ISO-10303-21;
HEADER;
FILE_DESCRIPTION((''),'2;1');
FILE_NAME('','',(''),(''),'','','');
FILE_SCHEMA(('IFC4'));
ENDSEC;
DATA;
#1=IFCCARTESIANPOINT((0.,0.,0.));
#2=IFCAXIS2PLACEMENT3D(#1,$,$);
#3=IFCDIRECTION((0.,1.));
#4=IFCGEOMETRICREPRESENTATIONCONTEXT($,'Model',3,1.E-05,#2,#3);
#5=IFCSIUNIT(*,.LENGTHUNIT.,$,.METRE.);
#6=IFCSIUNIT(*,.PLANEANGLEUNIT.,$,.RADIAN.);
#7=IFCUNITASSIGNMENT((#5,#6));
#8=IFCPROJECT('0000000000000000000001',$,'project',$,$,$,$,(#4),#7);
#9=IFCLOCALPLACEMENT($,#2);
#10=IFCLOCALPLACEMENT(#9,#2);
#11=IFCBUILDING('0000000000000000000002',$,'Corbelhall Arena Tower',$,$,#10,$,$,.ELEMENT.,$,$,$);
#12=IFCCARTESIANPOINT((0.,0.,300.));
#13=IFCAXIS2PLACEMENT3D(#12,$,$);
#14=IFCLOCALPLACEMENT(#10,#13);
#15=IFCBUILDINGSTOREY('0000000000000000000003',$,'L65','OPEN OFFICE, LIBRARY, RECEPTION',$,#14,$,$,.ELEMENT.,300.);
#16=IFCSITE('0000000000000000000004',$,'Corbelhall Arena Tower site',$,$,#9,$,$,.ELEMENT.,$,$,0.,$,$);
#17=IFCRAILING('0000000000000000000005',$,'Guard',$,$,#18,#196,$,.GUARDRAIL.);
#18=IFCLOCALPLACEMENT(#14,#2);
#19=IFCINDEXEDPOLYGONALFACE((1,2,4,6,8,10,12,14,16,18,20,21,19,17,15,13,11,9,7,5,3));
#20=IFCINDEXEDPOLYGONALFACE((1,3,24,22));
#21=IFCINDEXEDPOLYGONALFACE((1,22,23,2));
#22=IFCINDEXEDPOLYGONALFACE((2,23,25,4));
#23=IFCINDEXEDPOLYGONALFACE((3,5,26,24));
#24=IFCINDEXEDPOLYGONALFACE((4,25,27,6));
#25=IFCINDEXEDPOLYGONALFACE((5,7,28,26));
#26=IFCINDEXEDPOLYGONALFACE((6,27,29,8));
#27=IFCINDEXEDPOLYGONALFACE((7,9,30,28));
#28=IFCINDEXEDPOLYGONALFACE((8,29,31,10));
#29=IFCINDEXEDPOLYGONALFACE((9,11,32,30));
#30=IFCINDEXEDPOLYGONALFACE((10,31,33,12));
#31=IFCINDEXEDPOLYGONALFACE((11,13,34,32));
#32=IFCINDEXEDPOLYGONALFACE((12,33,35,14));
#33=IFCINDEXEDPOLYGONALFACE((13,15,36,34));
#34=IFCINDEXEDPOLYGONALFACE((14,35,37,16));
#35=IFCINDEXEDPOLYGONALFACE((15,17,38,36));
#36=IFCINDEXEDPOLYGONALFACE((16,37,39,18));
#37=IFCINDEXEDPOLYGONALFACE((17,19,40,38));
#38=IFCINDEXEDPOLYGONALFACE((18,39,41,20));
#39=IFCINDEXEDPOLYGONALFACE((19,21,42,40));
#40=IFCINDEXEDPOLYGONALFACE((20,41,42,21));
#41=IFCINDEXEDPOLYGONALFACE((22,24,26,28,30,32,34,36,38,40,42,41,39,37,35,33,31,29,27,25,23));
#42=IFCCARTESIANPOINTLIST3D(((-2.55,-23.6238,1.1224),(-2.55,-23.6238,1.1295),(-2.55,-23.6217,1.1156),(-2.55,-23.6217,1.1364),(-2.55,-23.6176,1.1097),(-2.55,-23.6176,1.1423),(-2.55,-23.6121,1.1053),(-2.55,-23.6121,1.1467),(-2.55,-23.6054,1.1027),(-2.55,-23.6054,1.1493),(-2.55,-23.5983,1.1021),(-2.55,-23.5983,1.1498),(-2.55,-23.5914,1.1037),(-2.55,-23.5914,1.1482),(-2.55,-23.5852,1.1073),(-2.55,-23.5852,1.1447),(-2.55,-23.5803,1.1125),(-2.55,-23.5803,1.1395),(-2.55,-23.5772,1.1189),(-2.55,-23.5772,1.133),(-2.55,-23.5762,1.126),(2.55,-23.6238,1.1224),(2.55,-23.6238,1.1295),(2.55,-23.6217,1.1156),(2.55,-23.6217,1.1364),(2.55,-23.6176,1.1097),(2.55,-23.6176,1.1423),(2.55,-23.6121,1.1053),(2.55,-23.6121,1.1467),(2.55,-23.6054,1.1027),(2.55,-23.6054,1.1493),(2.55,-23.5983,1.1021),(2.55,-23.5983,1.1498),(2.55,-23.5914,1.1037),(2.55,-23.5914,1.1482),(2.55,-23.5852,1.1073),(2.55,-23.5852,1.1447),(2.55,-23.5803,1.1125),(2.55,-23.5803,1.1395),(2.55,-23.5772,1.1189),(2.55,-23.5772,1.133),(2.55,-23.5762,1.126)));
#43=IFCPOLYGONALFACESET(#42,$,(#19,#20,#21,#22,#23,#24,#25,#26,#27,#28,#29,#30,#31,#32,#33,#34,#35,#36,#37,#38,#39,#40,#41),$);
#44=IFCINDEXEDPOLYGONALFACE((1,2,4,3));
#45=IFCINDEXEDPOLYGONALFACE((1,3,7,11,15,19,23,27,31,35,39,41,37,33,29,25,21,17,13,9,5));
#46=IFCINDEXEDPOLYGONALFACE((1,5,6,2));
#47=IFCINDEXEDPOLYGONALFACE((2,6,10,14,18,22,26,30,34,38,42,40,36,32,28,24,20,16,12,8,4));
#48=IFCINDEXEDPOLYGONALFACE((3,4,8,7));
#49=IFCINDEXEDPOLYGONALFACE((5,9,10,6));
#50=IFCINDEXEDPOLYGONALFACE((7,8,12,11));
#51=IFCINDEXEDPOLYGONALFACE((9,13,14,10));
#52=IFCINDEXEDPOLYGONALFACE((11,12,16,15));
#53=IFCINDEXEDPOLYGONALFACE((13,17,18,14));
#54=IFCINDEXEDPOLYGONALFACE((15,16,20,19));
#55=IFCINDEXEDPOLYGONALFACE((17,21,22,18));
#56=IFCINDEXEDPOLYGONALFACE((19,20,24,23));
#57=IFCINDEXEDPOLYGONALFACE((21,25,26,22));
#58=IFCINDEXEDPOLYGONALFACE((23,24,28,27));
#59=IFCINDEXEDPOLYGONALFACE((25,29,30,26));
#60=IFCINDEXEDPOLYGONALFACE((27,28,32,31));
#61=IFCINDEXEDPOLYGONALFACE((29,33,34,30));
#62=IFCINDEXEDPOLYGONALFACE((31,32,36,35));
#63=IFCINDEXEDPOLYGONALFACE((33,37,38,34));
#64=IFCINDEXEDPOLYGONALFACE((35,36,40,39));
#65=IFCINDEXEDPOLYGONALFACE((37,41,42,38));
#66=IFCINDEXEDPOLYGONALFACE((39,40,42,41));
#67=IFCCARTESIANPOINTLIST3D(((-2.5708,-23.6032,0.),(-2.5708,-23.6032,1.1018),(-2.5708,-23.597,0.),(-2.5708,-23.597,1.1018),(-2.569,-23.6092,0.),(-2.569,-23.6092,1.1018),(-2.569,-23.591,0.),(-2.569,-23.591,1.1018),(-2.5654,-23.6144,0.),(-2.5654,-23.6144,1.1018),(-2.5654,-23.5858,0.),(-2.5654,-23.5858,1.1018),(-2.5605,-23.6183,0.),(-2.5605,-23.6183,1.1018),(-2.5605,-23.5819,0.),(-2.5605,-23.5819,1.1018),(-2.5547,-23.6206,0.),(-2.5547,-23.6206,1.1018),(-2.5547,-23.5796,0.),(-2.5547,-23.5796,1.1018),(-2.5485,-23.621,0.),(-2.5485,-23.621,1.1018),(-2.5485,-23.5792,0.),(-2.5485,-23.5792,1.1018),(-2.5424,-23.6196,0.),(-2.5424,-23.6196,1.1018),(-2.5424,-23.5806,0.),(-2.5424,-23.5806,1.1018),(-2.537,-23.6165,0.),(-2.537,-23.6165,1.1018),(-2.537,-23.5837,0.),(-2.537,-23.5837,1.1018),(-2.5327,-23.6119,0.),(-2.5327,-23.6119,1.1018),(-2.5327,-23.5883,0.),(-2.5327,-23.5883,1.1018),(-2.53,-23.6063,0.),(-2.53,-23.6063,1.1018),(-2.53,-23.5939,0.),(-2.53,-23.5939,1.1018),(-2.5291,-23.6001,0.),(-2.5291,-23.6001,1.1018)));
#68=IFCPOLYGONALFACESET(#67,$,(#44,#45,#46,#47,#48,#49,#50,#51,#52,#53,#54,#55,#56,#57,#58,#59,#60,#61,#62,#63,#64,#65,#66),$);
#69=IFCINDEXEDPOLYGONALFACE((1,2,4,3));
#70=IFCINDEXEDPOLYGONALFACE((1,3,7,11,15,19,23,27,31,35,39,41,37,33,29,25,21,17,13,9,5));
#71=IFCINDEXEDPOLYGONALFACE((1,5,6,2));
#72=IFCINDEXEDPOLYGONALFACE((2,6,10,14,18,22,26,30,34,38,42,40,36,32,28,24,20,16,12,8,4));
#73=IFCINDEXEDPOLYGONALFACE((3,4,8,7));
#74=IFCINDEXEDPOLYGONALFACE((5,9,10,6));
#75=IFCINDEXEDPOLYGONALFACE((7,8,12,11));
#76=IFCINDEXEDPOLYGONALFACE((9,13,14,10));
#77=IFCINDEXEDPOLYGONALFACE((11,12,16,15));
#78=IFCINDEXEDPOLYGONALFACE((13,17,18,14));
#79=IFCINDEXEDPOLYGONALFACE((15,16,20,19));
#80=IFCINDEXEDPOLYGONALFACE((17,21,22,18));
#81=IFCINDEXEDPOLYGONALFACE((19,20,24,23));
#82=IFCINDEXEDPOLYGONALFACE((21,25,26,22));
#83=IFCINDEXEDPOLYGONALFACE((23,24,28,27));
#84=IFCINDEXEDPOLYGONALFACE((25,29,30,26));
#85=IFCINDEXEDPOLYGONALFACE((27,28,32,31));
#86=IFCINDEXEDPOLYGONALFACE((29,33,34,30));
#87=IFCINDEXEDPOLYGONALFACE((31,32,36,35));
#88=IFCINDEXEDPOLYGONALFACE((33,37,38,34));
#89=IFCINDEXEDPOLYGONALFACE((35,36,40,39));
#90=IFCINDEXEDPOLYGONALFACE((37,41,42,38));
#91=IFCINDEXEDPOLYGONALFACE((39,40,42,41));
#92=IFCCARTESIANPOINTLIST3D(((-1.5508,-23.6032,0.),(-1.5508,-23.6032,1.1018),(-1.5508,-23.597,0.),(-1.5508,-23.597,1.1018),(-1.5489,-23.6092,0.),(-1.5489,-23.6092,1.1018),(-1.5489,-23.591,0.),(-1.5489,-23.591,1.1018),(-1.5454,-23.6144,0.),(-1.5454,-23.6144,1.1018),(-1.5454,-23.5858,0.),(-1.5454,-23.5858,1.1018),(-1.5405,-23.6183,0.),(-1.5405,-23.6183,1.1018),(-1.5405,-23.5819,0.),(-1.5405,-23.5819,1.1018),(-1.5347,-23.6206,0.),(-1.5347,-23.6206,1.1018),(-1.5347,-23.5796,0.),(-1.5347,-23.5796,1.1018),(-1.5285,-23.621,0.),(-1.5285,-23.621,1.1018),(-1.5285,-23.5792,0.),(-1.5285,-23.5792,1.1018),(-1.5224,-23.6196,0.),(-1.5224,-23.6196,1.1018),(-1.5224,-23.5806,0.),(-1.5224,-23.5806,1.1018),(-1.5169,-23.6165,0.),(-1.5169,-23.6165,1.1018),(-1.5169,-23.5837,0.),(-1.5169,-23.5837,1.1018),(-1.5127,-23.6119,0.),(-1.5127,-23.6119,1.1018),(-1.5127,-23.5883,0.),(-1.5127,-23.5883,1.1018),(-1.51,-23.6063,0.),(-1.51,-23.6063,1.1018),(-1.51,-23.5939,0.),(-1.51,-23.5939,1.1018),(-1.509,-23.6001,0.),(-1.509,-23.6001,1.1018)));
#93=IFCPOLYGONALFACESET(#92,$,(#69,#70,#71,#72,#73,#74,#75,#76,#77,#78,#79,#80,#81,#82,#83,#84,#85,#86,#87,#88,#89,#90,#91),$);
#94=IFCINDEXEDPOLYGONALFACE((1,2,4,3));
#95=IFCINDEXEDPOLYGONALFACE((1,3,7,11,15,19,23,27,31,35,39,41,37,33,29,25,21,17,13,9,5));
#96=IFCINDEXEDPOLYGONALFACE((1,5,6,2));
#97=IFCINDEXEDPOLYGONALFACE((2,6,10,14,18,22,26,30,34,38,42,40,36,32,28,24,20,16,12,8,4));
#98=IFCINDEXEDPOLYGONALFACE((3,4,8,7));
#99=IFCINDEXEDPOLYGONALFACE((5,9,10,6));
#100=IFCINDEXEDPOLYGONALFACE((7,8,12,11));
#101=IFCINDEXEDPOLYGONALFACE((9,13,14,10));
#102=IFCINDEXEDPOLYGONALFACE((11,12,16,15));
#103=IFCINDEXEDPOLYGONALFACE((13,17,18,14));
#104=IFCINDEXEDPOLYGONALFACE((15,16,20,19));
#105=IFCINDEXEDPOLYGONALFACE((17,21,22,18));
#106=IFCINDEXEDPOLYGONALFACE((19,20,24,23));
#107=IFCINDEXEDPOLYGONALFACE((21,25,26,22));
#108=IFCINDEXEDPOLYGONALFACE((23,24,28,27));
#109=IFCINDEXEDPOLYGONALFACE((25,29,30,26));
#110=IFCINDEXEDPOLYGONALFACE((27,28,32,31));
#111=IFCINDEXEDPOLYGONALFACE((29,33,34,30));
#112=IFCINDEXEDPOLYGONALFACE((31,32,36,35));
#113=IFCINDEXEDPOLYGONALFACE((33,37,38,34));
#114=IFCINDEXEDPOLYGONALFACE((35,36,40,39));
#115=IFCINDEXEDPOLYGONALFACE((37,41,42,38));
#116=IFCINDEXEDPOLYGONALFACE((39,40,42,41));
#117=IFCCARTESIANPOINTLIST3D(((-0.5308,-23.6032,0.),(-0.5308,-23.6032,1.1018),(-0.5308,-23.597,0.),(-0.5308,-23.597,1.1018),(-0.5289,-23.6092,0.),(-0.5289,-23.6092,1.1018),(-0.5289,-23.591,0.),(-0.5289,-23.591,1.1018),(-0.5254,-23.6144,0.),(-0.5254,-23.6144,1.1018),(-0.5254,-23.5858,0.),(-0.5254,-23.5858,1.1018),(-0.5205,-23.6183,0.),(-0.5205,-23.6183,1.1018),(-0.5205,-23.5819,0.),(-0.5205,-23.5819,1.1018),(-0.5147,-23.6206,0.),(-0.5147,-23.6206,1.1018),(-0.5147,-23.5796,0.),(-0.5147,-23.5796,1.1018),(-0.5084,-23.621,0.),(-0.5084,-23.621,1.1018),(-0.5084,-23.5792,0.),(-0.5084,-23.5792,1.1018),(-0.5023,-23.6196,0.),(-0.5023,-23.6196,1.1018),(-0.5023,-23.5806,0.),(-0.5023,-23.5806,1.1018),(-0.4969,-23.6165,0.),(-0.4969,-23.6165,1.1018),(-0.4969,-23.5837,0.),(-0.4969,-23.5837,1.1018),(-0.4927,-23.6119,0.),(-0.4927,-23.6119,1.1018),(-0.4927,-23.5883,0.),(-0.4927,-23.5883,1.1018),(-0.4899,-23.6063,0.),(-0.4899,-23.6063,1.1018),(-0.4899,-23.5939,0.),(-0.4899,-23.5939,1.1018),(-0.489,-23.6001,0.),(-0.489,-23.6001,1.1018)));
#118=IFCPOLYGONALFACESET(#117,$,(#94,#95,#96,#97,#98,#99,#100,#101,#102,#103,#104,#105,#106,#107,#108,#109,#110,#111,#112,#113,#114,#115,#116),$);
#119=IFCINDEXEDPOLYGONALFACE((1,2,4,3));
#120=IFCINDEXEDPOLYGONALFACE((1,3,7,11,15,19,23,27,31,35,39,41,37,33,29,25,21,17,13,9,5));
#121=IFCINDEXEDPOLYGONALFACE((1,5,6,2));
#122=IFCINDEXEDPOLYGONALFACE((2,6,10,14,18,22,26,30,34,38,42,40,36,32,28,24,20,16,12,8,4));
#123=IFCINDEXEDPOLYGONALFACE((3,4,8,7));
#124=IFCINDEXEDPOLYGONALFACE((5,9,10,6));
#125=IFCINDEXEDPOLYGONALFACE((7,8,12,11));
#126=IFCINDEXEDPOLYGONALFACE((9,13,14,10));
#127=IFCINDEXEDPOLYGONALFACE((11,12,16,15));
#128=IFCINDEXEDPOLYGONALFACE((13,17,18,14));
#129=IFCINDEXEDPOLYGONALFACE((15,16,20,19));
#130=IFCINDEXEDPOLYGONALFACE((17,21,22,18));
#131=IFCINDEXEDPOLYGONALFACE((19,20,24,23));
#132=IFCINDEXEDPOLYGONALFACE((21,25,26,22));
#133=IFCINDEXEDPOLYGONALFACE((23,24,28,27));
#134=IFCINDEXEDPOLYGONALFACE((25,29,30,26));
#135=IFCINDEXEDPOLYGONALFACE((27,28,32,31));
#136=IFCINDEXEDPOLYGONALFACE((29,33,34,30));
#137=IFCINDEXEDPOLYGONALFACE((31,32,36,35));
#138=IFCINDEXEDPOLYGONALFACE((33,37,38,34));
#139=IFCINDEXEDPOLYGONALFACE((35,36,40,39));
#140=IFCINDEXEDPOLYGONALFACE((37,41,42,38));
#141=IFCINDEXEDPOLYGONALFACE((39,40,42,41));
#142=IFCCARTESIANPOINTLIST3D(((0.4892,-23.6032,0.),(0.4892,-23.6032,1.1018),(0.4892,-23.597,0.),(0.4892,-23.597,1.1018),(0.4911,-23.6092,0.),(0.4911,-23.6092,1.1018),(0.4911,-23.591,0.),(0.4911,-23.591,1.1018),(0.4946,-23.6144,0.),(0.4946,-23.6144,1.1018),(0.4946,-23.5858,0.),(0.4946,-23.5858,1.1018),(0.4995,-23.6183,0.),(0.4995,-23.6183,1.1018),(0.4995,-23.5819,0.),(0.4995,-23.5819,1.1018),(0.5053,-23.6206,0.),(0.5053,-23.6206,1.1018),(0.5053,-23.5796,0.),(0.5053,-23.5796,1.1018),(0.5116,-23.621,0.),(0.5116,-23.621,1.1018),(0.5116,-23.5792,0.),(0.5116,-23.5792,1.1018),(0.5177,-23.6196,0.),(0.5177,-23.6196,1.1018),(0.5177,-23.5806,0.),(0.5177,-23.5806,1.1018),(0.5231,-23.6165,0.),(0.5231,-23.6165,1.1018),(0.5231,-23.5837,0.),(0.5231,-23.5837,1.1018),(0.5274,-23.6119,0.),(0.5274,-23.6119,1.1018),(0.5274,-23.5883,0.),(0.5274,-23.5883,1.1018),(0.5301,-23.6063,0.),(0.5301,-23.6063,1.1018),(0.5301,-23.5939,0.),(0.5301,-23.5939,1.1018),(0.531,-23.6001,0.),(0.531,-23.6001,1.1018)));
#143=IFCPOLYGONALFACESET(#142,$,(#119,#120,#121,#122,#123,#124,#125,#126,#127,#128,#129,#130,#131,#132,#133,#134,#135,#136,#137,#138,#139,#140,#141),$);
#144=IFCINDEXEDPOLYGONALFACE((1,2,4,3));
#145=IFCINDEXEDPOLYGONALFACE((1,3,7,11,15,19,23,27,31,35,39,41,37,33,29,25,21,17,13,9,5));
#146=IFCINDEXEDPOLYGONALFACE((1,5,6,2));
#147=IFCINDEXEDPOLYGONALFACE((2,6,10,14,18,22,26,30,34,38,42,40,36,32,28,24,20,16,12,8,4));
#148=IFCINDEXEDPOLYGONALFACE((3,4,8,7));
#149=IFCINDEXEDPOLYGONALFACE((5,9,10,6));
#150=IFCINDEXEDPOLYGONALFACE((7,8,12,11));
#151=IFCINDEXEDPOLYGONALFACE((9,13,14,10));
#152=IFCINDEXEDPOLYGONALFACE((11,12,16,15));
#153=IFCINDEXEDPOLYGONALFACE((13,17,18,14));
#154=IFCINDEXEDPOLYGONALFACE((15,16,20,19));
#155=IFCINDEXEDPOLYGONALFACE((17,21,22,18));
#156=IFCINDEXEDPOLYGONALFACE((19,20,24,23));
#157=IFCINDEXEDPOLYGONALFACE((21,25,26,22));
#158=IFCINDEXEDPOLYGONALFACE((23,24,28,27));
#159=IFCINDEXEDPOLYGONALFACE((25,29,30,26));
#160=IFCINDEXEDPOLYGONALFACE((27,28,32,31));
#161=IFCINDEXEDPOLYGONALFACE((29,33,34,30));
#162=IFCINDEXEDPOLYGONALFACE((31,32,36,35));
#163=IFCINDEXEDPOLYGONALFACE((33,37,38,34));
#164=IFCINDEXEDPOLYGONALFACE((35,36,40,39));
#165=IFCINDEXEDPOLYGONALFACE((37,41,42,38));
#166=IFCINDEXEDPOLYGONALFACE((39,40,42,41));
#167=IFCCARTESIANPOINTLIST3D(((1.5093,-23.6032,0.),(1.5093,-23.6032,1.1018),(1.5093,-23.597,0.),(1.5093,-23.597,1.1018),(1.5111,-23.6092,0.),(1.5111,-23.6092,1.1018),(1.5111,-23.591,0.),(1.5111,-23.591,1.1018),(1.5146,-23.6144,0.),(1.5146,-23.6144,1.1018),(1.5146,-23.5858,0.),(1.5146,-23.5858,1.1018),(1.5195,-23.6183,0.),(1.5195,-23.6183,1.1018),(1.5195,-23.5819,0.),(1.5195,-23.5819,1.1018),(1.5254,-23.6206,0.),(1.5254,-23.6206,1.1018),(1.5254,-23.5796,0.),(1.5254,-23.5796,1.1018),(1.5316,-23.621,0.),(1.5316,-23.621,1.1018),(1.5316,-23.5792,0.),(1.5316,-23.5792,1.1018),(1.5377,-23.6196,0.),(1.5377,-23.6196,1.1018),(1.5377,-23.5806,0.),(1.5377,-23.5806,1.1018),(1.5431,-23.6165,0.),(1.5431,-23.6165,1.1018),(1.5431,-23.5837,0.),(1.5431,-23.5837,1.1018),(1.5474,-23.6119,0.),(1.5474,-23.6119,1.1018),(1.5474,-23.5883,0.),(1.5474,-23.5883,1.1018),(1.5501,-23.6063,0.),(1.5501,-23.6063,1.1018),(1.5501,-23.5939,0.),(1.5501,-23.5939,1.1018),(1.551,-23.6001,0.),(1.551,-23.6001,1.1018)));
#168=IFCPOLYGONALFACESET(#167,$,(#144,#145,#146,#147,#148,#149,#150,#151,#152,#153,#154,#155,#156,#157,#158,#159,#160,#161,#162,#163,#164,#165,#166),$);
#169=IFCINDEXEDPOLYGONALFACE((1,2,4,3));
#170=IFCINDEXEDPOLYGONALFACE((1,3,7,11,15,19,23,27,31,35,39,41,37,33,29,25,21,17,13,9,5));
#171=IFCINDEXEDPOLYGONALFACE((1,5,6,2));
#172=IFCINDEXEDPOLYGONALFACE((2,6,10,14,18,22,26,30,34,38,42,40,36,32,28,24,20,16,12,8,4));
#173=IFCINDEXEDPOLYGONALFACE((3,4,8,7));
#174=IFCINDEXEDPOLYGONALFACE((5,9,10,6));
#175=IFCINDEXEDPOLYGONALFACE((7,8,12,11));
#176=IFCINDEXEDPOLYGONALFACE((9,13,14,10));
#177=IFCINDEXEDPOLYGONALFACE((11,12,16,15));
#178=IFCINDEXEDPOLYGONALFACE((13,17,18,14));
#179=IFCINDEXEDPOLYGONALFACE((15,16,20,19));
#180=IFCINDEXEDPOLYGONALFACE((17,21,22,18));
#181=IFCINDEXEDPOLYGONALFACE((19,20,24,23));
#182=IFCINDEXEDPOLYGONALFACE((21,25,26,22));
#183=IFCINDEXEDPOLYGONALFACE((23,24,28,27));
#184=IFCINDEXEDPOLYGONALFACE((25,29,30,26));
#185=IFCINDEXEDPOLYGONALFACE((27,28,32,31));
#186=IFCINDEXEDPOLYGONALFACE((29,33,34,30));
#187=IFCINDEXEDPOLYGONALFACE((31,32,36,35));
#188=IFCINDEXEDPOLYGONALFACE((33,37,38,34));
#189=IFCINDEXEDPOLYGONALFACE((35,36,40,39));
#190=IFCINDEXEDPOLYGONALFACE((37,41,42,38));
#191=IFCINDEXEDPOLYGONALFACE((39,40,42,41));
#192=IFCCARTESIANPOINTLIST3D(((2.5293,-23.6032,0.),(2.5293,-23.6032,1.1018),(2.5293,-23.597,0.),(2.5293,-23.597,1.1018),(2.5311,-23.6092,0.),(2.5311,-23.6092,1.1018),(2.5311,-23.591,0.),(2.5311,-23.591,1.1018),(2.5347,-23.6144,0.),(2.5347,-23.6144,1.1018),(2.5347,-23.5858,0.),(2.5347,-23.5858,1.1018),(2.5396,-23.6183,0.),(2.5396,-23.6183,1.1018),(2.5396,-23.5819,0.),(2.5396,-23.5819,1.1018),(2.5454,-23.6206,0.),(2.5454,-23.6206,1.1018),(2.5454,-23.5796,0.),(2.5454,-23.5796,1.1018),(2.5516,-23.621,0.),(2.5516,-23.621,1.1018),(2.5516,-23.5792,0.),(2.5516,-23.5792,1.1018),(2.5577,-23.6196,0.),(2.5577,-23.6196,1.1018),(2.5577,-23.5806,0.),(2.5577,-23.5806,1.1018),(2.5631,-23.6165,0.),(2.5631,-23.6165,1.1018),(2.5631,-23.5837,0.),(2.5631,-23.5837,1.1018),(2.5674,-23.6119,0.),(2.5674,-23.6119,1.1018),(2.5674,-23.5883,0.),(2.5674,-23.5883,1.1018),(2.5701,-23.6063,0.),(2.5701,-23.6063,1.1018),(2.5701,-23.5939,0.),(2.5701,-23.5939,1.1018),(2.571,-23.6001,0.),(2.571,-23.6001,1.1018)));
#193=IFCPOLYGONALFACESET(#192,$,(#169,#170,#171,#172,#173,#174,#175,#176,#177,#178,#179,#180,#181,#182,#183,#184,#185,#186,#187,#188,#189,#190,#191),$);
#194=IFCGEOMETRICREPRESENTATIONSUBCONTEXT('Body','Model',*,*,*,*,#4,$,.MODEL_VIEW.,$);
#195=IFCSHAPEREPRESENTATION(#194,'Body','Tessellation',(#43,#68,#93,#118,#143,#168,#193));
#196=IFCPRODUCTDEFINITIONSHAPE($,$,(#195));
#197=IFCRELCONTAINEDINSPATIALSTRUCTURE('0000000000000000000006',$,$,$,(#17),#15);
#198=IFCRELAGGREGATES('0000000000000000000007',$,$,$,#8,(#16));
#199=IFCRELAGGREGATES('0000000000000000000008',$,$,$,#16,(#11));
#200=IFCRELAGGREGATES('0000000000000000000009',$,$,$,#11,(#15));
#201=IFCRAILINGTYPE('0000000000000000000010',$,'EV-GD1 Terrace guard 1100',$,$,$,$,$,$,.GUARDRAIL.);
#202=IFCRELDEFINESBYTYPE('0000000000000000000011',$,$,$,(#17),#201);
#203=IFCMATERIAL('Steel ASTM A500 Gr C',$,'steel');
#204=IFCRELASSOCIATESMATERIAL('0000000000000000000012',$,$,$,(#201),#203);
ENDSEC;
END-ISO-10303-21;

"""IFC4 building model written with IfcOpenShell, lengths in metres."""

from ifc_helpers import new_model, si_unit, direction, frame, origin, origin_2d, place, context, subcontext, project, spatial, circle, extrude, material, type_object, element, save


model = new_model("IFC4")

# Units and contexts
model_context = context("Model", 3, precision=1e-05, world=origin(), true_north=direction((0.0, 1.0)))
body_context = subcontext(model_context, "Body", "Model", "MODEL_VIEW")
ifc_project = project(units=[si_unit("LENGTHUNIT", "METRE"), si_unit("PLANEANGLEUNIT", "RADIAN")], contexts=[model_context])

# Site, building, storey
site_placement = place(None, origin())
site = spatial("IfcSite", under=ifc_project, at=site_placement, Name="Corbelhall Arena Tower site", CompositionType="ELEMENT", RefElevation=0.0)
building_placement = place(site_placement, origin())
building = spatial("IfcBuilding", under=site, at=building_placement, Name="Corbelhall Arena Tower", CompositionType="ELEMENT")
storey_placement = place(building_placement, frame((0.0, 0.0, 300.0)))
storey = spatial("IfcBuildingStorey", under=building, at=storey_placement, Name="L65", Description="OPEN OFFICE, LIBRARY, RECEPTION", CompositionType="ELEMENT", Elevation=300.0)

# Railing
ifc_material_1 = material(Name="Steel ASTM A500 Gr C", Category="steel")
railing_type_1 = type_object("IfcRailingType", Name="EV-GD1 Terrace guard 1100", PredefinedType="GUARDRAIL", material=ifc_material_1)
railing_1_placement = place(storey_placement, frame((-2.55, -23.6001, 0.0)))
element("IfcRailing", 1, at=railing_1_placement, inside=storey, type_object=railing_type_1, Name="Guard", PredefinedType="GUARDRAIL", context=body_context, shape_type="SweptSolid", body=[
    extrude(circle(Radius=0.0239, at=origin_2d()), frame((0.0, 0.0, 1.126), z_axis=(1.0, 0.0, 0.0), x_axis=(0.0, 1.0, 0.0)), (0.0, 0.0, 1.0), 5.1001),
    extrude(circle(Radius=0.021, at=origin_2d()), origin(), (0.0, 0.0, 1.0), 1.1018),
    extrude(circle(Radius=0.021, at=origin_2d()), frame((1.02, 0.0, 0.0)), (0.0, 0.0, 1.0), 1.1018),
    extrude(circle(Radius=0.021, at=origin_2d()), frame((2.04, 0.0, 0.0)), (0.0, 0.0, 1.0), 1.1018),
    extrude(circle(Radius=0.021, at=origin_2d()), frame((3.0601, 0.0, 0.0)), (0.0, 0.0, 1.0), 1.1018),
    extrude(circle(Radius=0.021, at=origin_2d()), frame((4.0801, 0.0, 0.0)), (0.0, 0.0, 1.0), 1.1018),
    extrude(circle(Radius=0.021, at=origin_2d()), frame((5.1001, 0.0, 0.0)), (0.0, 0.0, 1.0), 1.1018),
])

save(model, "model.ifc")
